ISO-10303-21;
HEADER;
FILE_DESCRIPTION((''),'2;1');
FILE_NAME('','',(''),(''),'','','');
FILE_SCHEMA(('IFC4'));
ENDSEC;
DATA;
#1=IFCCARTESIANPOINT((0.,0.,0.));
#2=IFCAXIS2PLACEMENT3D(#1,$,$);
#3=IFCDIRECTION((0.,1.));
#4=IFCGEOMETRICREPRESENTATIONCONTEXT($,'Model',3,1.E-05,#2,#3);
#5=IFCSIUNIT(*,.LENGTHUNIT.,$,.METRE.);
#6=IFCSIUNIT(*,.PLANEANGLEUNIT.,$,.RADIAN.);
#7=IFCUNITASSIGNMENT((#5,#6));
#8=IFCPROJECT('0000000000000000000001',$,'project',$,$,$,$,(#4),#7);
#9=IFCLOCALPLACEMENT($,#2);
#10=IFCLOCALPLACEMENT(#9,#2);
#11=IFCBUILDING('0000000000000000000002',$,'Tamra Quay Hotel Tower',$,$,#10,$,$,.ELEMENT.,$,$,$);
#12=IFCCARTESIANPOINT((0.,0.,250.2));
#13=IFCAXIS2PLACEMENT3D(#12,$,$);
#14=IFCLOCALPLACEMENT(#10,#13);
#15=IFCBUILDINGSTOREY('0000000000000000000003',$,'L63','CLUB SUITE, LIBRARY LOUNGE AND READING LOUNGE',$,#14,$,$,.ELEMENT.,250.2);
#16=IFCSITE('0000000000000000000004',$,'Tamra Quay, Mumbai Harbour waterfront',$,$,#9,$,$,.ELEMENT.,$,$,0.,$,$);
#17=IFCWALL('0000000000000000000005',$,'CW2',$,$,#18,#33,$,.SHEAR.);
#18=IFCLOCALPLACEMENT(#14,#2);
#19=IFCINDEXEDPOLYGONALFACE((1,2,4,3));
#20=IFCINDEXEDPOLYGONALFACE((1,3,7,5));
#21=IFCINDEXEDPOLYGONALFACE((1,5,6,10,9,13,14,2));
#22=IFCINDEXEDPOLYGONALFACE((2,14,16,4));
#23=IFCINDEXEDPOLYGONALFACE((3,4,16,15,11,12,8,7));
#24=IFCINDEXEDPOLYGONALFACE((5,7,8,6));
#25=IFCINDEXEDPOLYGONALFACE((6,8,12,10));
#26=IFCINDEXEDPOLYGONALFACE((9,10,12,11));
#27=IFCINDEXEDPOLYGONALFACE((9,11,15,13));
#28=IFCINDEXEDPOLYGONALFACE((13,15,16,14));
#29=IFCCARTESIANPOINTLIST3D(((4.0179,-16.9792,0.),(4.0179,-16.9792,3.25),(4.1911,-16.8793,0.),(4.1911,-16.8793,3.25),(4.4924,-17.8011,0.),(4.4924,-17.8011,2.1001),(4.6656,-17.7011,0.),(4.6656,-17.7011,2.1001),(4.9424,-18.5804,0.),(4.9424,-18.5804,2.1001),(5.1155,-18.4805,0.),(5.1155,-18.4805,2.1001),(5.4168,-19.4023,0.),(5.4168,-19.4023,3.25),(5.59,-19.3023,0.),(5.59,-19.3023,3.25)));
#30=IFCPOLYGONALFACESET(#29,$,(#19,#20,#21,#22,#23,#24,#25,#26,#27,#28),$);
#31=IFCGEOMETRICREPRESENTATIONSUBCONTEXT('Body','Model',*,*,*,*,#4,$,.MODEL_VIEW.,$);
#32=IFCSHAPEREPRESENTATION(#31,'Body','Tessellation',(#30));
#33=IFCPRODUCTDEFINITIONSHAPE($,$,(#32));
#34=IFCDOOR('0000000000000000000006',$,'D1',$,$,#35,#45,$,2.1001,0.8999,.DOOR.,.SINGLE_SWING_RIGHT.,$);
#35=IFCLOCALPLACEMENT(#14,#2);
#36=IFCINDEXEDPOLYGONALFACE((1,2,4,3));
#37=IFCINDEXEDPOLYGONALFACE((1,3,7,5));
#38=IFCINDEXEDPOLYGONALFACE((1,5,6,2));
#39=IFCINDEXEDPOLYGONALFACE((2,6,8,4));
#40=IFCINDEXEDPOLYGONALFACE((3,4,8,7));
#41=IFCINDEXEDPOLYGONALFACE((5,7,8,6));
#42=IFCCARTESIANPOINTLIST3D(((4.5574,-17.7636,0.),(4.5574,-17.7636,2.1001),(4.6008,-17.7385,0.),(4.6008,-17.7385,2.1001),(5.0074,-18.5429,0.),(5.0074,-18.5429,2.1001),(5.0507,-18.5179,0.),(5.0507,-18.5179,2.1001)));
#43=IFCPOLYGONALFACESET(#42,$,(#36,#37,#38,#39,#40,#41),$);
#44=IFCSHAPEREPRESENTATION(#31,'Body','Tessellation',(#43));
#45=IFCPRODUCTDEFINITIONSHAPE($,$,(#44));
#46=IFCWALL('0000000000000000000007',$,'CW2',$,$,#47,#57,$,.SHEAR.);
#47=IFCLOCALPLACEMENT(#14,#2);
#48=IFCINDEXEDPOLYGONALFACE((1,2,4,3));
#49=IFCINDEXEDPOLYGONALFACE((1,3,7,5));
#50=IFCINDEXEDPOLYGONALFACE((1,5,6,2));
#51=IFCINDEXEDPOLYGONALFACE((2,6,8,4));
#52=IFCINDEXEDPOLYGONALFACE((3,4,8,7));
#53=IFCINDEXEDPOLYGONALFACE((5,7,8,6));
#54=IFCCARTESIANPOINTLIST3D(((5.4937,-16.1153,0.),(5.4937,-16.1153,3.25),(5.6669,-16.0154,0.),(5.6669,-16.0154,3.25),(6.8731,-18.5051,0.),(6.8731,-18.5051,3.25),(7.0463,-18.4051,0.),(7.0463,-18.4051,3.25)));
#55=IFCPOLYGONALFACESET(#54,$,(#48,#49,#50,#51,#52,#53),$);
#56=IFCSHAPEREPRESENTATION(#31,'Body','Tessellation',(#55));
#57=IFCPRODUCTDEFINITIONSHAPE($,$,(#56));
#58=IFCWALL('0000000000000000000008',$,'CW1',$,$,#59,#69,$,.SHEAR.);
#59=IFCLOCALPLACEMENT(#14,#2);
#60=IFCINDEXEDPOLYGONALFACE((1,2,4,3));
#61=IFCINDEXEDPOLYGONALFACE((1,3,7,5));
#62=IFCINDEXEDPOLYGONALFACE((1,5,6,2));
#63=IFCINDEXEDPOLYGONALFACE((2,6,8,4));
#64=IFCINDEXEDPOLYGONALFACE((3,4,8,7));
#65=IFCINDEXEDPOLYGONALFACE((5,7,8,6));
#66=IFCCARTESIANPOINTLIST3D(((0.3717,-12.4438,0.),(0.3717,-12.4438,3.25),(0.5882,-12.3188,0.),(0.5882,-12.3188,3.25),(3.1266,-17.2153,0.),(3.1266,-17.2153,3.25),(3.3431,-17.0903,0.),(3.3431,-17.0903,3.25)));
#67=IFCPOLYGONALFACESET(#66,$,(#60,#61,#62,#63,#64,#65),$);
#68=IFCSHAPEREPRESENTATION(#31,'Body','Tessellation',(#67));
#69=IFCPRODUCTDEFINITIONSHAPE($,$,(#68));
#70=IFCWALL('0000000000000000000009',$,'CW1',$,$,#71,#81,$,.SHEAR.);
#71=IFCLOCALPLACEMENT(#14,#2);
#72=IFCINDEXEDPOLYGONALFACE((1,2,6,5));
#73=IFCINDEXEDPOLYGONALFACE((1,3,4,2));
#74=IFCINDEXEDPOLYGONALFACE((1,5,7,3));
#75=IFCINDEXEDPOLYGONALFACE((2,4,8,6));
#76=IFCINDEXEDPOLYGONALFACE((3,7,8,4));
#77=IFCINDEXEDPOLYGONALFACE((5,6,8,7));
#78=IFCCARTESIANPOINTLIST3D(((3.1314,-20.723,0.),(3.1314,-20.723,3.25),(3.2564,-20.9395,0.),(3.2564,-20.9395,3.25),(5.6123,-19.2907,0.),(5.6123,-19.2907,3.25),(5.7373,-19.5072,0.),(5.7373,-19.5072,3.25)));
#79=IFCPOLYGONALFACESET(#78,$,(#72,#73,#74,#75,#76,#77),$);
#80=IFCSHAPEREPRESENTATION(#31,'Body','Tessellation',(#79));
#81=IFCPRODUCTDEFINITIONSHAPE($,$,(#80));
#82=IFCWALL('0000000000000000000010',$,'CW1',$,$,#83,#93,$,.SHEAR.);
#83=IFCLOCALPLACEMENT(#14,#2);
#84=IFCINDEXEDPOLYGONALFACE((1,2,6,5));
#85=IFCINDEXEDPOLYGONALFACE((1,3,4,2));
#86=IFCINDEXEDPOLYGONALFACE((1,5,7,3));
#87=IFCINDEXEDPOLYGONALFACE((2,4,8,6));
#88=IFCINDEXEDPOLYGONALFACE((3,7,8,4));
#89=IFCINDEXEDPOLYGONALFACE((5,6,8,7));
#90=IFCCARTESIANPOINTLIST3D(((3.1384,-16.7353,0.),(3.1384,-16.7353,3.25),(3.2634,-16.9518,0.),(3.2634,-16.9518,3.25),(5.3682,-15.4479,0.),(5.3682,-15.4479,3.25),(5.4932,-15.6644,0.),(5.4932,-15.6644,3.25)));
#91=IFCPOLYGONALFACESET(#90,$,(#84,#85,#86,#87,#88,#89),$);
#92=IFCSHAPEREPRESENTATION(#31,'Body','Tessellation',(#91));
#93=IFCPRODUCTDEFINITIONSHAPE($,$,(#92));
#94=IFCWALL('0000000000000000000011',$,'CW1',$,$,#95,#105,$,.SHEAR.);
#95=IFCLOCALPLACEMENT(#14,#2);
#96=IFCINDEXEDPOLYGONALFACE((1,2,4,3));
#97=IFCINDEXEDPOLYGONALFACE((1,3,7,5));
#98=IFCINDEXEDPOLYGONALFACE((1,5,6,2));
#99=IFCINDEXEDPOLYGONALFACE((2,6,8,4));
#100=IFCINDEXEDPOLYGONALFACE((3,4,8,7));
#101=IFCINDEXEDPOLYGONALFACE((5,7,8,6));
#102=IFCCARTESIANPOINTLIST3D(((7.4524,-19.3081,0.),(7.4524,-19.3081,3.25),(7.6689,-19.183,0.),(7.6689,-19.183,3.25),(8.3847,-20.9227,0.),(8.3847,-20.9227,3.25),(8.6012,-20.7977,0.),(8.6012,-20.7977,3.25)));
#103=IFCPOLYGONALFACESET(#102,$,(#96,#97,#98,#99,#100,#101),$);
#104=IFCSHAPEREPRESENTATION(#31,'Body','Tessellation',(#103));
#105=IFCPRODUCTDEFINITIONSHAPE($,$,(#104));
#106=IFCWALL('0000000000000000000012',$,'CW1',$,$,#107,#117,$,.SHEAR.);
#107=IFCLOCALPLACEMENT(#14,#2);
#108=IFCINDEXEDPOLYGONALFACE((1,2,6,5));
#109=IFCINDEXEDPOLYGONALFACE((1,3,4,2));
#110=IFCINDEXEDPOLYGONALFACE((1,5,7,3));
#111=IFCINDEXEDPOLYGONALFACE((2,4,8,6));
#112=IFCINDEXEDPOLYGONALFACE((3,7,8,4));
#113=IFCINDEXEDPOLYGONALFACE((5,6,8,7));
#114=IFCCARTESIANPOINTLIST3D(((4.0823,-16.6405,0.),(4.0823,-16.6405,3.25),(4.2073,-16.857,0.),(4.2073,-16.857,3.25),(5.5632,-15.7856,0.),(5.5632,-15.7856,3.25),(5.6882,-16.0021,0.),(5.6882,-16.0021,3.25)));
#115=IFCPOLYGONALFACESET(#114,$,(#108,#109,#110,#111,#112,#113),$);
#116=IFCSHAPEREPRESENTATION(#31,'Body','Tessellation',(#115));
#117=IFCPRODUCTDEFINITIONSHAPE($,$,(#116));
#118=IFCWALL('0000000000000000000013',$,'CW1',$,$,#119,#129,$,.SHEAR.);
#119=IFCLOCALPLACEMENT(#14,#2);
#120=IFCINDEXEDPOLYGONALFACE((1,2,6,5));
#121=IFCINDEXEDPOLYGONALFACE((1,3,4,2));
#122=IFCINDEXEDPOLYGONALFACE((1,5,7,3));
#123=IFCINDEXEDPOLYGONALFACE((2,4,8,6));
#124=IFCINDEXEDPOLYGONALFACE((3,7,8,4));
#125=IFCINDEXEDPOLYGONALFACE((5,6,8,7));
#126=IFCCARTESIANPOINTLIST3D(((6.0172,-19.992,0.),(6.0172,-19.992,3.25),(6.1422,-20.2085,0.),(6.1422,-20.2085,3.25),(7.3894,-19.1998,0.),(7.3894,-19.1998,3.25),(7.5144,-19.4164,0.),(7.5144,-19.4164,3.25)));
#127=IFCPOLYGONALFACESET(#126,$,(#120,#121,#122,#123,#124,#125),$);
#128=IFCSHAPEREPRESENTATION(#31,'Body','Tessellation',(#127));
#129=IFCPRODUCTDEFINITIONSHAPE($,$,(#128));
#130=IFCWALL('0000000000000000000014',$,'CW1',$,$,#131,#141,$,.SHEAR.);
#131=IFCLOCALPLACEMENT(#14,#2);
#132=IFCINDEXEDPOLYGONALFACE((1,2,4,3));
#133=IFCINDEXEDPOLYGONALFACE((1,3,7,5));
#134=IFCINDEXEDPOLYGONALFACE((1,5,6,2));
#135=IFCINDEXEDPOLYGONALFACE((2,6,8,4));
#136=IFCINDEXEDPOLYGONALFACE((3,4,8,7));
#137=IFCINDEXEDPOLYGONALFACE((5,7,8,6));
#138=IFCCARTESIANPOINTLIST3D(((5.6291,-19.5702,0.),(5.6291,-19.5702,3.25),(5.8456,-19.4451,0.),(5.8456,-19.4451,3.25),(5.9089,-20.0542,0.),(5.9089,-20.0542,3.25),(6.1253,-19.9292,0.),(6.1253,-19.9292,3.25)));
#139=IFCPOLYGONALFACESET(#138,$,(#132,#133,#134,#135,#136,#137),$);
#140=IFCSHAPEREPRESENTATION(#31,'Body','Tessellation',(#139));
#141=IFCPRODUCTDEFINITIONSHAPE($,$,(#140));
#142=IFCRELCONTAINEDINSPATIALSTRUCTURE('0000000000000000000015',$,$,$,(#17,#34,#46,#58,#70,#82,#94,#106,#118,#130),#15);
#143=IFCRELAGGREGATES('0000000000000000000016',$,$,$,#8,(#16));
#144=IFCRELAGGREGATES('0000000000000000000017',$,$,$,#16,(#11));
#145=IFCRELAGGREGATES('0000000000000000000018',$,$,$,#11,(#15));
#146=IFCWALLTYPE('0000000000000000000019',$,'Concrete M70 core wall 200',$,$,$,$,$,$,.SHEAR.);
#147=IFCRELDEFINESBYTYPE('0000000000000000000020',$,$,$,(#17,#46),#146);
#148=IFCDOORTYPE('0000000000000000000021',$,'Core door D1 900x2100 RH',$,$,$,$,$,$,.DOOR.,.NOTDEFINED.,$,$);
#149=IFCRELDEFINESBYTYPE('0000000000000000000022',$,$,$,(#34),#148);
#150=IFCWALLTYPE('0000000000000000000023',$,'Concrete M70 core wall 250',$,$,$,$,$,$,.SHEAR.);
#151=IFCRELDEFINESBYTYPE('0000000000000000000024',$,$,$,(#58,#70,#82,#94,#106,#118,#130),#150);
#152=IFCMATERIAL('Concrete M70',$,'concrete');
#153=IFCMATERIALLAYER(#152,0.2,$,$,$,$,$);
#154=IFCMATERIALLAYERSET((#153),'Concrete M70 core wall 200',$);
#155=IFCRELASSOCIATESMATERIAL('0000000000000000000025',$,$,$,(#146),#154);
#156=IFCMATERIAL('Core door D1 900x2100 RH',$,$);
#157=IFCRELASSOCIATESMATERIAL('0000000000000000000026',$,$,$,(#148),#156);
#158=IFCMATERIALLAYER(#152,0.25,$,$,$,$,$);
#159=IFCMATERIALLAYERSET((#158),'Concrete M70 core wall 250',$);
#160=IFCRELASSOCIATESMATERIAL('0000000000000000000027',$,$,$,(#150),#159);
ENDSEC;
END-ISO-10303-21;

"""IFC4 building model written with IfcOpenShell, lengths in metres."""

from ifc_helpers import new_model, si_unit, direction, frame, frame_2d, origin, place, context, subcontext, project, spatial, rectangle, extrude, material, layer, layer_set, type_object, element, fill, save


model = new_model("IFC4")

# Units and contexts
model_context = context("Model", 3, precision=1e-05, world=origin(), true_north=direction((0.0, 1.0)))
body_context = subcontext(model_context, "Body", "Model", "MODEL_VIEW")
ifc_project = project(units=[si_unit("LENGTHUNIT", "METRE"), si_unit("PLANEANGLEUNIT", "RADIAN")], contexts=[model_context])

# Site, building, storey
site_placement = place(None, origin())
site = spatial("IfcSite", under=ifc_project, at=site_placement, Name="Tamra Quay, Mumbai Harbour waterfront", CompositionType="ELEMENT", RefElevation=0.0)
building_placement = place(site_placement, origin())
building = spatial("IfcBuilding", under=site, at=building_placement, Name="Tamra Quay Hotel Tower", CompositionType="ELEMENT")
storey_placement = place(building_placement, frame((0.0, 0.0, 250.2)))
storey = spatial("IfcBuildingStorey", under=building, at=storey_placement, Name="L63", Description="CLUB SUITE, LIBRARY LOUNGE AND READING LOUNGE", CompositionType="ELEMENT", Elevation=250.2)

# Shared definitions
ifc_material_1 = material(Name="Concrete M70", Category="concrete")

# Shared definitions
ifc_layer_1 = layer(ifc_material_1, 0.2)
ifc_layer_set_1 = layer_set([ifc_layer_1], Name="Concrete M70 core wall 200")
wall_type_1 = type_object("IfcWallType", Name="Concrete M70 core wall 200", PredefinedType="SHEAR", material=ifc_layer_set_1)

# Wall, opening, door
wall_1_placement = place(storey_placement, frame((5.5034, -19.3523, 0.0), z_axis=(0.0, 0.0, 1.0), x_axis=(-0.499987, 0.866033, 0.0)))
wall_1 = element("IfcWall", 1, at=wall_1_placement, inside=storey, type_object=wall_type_1, Name="CW2", PredefinedType="SHEAR", context=body_context, shape_type="SweptSolid", body=[
    extrude(rectangle(XDim=2.7979, YDim=0.2, at=frame_2d((1.3989, 0.0))), origin(), (0.0, 0.0, 1.0), 3.25),
])
opening_1_placement = place(wall_1_placement, frame((0.949, 0.0, 0.0)))
opening_1 = element("IfcOpeningElement", 2, at=opening_1_placement, cuts=wall_1, PredefinedType="OPENING", context=body_context, shape_type="SweptSolid", body=[
    extrude(rectangle(XDim=0.8999, YDim=2.1001, at=frame_2d((0.45, 1.05))), frame((0.0, 0.1099, 0.0), z_axis=(0.0, -1.0, 0.0), x_axis=(1.0, 0.0, 0.0)), (0.0, 0.0, 1.0), 0.22),
])
ifc_material_2 = material(Name="Core door D1 900x2100 RH")
door_type_1 = type_object("IfcDoorType", Name="Core door D1 900x2100 RH", OperationType="NOTDEFINED", PredefinedType="DOOR", material=ifc_material_2)
door_1_placement = place(opening_1_placement, origin())
door_1 = element("IfcDoor", 3, at=door_1_placement, inside=storey, type_object=door_type_1, Name="D1", OperationType="SINGLE_SWING_RIGHT", OverallHeight=2.1001, OverallWidth=0.8999, PredefinedType="DOOR", context=body_context, shape_type="SweptSolid", body=[
    extrude(rectangle(XDim=0.8999, YDim=2.1001, at=frame_2d((0.45, 1.05))), frame((0.0, 0.0249, 0.0), z_axis=(0.0, -1.0, 0.0), x_axis=(1.0, 0.0, 0.0)), (0.0, 0.0, 1.0), 0.05),
])
fill(opening_1, door_1)

# Walls
wall_2_placement = place(storey_placement, frame((6.9597, -18.4551, 0.0), z_axis=(0.0, 0.0, 1.0), x_axis=(-0.499927, 0.866068, 0.0)))
element("IfcWall", 4, at=wall_2_placement, inside=storey, type_object=wall_type_1, Name="CW2", PredefinedType="SHEAR", context=body_context, shape_type="SweptSolid", body=[
    extrude(rectangle(XDim=2.7593, YDim=0.2, at=frame_2d((1.3796, 0.0))), origin(), (0.0, 0.0, 1.0), 3.25),
])
ifc_layer_2 = layer(ifc_material_1, 0.25)
ifc_layer_set_2 = layer_set([ifc_layer_2], Name="Concrete M70 core wall 250")
wall_type_2 = type_object("IfcWallType", Name="Concrete M70 core wall 250", PredefinedType="SHEAR", material=ifc_layer_set_2)
wall_3_placement = place(storey_placement, frame((3.2349, -17.1528, 0.0), z_axis=(0.0, 0.0, 1.0), x_axis=(-0.500009, 0.86602, 0.0)))
element("IfcWall", 5, at=wall_3_placement, inside=storey, type_object=wall_type_2, Name="CW1", PredefinedType="SHEAR", context=body_context, shape_type="SweptSolid", body=[
    extrude(rectangle(XDim=5.5098, YDim=0.25, at=frame_2d((2.7549, 0.0))), origin(), (0.0, 0.0, 1.0), 3.25),
])
wall_4_placement = place(storey_placement, frame((5.6748, -19.3989, 0.0), z_axis=(0.0, 0.0, 1.0), x_axis=(-0.866027, -0.499998, 0.0)))
element("IfcWall", 6, at=wall_4_placement, inside=storey, type_object=wall_type_2, Name="CW1", PredefinedType="SHEAR", context=body_context, shape_type="SweptSolid", body=[
    extrude(rectangle(XDim=2.8647, YDim=0.25, at=frame_2d((1.4324, 0.0))), origin(), (0.0, 0.0, 1.0), 3.25),
])
wall_5_placement = place(storey_placement, frame((5.4307, -15.5562, 0.0), z_axis=(0.0, 0.0, 1.0), x_axis=(-0.866023, -0.500004, 0.0)))
element("IfcWall", 7, at=wall_5_placement, inside=storey, type_object=wall_type_2, Name="CW1", PredefinedType="SHEAR", context=body_context, shape_type="SweptSolid", body=[
    extrude(rectangle(XDim=2.5747, YDim=0.25, at=frame_2d((1.2874, 0.0))), origin(), (0.0, 0.0, 1.0), 3.25),
])
wall_6_placement = place(storey_placement, frame((8.4929, -20.8601, 0.0), z_axis=(0.0, 0.0, 1.0), x_axis=(-0.50004, 0.866002, 0.0)))
element("IfcWall", 8, at=wall_6_placement, inside=storey, type_object=wall_type_2, Name="CW1", PredefinedType="SHEAR", context=body_context, shape_type="SweptSolid", body=[
    extrude(rectangle(XDim=1.8645, YDim=0.25, at=frame_2d((0.9321, 0.0))), origin(), (0.0, 0.0, 1.0), 3.25),
])
wall_7_placement = place(storey_placement, frame((4.1448, -16.7488, 0.0), z_axis=(0.0, 0.0, 1.0), x_axis=(0.866038, 0.499978, 0.0)))
element("IfcWall", 9, at=wall_7_placement, inside=storey, type_object=wall_type_2, Name="CW1", PredefinedType="SHEAR", context=body_context, shape_type="SweptSolid", body=[
    extrude(rectangle(XDim=1.71, YDim=0.25, at=frame_2d((0.855, 0.0))), origin(), (0.0, 0.0, 1.0), 3.25),
])
wall_8_placement = place(storey_placement, frame((7.4519, -19.3081, 0.0), z_axis=(0.0, 0.0, 1.0), x_axis=(-0.866044, -0.499967, 0.0)))
element("IfcWall", 10, at=wall_8_placement, inside=storey, type_object=wall_type_2, Name="CW1", PredefinedType="SHEAR", context=body_context, shape_type="SweptSolid", body=[
    extrude(rectangle(XDim=1.5845, YDim=0.25, at=frame_2d((0.7922, 0.0))), origin(), (0.0, 0.0, 1.0), 3.25),
])
wall_9_placement = place(storey_placement, frame((6.0171, -19.9917, 0.0), z_axis=(0.0, 0.0, 1.0), x_axis=(-0.500365, 0.865815, 0.0)))
element("IfcWall", 11, at=wall_9_placement, inside=storey, type_object=wall_type_2, Name="CW1", PredefinedType="SHEAR", context=body_context, shape_type="SweptSolid", body=[
    extrude(rectangle(XDim=0.5591, YDim=0.25, at=frame_2d((0.2795, 0.0))), origin(), (0.0, 0.0, 1.0), 3.25),
])

save(model, "model.ifc")
